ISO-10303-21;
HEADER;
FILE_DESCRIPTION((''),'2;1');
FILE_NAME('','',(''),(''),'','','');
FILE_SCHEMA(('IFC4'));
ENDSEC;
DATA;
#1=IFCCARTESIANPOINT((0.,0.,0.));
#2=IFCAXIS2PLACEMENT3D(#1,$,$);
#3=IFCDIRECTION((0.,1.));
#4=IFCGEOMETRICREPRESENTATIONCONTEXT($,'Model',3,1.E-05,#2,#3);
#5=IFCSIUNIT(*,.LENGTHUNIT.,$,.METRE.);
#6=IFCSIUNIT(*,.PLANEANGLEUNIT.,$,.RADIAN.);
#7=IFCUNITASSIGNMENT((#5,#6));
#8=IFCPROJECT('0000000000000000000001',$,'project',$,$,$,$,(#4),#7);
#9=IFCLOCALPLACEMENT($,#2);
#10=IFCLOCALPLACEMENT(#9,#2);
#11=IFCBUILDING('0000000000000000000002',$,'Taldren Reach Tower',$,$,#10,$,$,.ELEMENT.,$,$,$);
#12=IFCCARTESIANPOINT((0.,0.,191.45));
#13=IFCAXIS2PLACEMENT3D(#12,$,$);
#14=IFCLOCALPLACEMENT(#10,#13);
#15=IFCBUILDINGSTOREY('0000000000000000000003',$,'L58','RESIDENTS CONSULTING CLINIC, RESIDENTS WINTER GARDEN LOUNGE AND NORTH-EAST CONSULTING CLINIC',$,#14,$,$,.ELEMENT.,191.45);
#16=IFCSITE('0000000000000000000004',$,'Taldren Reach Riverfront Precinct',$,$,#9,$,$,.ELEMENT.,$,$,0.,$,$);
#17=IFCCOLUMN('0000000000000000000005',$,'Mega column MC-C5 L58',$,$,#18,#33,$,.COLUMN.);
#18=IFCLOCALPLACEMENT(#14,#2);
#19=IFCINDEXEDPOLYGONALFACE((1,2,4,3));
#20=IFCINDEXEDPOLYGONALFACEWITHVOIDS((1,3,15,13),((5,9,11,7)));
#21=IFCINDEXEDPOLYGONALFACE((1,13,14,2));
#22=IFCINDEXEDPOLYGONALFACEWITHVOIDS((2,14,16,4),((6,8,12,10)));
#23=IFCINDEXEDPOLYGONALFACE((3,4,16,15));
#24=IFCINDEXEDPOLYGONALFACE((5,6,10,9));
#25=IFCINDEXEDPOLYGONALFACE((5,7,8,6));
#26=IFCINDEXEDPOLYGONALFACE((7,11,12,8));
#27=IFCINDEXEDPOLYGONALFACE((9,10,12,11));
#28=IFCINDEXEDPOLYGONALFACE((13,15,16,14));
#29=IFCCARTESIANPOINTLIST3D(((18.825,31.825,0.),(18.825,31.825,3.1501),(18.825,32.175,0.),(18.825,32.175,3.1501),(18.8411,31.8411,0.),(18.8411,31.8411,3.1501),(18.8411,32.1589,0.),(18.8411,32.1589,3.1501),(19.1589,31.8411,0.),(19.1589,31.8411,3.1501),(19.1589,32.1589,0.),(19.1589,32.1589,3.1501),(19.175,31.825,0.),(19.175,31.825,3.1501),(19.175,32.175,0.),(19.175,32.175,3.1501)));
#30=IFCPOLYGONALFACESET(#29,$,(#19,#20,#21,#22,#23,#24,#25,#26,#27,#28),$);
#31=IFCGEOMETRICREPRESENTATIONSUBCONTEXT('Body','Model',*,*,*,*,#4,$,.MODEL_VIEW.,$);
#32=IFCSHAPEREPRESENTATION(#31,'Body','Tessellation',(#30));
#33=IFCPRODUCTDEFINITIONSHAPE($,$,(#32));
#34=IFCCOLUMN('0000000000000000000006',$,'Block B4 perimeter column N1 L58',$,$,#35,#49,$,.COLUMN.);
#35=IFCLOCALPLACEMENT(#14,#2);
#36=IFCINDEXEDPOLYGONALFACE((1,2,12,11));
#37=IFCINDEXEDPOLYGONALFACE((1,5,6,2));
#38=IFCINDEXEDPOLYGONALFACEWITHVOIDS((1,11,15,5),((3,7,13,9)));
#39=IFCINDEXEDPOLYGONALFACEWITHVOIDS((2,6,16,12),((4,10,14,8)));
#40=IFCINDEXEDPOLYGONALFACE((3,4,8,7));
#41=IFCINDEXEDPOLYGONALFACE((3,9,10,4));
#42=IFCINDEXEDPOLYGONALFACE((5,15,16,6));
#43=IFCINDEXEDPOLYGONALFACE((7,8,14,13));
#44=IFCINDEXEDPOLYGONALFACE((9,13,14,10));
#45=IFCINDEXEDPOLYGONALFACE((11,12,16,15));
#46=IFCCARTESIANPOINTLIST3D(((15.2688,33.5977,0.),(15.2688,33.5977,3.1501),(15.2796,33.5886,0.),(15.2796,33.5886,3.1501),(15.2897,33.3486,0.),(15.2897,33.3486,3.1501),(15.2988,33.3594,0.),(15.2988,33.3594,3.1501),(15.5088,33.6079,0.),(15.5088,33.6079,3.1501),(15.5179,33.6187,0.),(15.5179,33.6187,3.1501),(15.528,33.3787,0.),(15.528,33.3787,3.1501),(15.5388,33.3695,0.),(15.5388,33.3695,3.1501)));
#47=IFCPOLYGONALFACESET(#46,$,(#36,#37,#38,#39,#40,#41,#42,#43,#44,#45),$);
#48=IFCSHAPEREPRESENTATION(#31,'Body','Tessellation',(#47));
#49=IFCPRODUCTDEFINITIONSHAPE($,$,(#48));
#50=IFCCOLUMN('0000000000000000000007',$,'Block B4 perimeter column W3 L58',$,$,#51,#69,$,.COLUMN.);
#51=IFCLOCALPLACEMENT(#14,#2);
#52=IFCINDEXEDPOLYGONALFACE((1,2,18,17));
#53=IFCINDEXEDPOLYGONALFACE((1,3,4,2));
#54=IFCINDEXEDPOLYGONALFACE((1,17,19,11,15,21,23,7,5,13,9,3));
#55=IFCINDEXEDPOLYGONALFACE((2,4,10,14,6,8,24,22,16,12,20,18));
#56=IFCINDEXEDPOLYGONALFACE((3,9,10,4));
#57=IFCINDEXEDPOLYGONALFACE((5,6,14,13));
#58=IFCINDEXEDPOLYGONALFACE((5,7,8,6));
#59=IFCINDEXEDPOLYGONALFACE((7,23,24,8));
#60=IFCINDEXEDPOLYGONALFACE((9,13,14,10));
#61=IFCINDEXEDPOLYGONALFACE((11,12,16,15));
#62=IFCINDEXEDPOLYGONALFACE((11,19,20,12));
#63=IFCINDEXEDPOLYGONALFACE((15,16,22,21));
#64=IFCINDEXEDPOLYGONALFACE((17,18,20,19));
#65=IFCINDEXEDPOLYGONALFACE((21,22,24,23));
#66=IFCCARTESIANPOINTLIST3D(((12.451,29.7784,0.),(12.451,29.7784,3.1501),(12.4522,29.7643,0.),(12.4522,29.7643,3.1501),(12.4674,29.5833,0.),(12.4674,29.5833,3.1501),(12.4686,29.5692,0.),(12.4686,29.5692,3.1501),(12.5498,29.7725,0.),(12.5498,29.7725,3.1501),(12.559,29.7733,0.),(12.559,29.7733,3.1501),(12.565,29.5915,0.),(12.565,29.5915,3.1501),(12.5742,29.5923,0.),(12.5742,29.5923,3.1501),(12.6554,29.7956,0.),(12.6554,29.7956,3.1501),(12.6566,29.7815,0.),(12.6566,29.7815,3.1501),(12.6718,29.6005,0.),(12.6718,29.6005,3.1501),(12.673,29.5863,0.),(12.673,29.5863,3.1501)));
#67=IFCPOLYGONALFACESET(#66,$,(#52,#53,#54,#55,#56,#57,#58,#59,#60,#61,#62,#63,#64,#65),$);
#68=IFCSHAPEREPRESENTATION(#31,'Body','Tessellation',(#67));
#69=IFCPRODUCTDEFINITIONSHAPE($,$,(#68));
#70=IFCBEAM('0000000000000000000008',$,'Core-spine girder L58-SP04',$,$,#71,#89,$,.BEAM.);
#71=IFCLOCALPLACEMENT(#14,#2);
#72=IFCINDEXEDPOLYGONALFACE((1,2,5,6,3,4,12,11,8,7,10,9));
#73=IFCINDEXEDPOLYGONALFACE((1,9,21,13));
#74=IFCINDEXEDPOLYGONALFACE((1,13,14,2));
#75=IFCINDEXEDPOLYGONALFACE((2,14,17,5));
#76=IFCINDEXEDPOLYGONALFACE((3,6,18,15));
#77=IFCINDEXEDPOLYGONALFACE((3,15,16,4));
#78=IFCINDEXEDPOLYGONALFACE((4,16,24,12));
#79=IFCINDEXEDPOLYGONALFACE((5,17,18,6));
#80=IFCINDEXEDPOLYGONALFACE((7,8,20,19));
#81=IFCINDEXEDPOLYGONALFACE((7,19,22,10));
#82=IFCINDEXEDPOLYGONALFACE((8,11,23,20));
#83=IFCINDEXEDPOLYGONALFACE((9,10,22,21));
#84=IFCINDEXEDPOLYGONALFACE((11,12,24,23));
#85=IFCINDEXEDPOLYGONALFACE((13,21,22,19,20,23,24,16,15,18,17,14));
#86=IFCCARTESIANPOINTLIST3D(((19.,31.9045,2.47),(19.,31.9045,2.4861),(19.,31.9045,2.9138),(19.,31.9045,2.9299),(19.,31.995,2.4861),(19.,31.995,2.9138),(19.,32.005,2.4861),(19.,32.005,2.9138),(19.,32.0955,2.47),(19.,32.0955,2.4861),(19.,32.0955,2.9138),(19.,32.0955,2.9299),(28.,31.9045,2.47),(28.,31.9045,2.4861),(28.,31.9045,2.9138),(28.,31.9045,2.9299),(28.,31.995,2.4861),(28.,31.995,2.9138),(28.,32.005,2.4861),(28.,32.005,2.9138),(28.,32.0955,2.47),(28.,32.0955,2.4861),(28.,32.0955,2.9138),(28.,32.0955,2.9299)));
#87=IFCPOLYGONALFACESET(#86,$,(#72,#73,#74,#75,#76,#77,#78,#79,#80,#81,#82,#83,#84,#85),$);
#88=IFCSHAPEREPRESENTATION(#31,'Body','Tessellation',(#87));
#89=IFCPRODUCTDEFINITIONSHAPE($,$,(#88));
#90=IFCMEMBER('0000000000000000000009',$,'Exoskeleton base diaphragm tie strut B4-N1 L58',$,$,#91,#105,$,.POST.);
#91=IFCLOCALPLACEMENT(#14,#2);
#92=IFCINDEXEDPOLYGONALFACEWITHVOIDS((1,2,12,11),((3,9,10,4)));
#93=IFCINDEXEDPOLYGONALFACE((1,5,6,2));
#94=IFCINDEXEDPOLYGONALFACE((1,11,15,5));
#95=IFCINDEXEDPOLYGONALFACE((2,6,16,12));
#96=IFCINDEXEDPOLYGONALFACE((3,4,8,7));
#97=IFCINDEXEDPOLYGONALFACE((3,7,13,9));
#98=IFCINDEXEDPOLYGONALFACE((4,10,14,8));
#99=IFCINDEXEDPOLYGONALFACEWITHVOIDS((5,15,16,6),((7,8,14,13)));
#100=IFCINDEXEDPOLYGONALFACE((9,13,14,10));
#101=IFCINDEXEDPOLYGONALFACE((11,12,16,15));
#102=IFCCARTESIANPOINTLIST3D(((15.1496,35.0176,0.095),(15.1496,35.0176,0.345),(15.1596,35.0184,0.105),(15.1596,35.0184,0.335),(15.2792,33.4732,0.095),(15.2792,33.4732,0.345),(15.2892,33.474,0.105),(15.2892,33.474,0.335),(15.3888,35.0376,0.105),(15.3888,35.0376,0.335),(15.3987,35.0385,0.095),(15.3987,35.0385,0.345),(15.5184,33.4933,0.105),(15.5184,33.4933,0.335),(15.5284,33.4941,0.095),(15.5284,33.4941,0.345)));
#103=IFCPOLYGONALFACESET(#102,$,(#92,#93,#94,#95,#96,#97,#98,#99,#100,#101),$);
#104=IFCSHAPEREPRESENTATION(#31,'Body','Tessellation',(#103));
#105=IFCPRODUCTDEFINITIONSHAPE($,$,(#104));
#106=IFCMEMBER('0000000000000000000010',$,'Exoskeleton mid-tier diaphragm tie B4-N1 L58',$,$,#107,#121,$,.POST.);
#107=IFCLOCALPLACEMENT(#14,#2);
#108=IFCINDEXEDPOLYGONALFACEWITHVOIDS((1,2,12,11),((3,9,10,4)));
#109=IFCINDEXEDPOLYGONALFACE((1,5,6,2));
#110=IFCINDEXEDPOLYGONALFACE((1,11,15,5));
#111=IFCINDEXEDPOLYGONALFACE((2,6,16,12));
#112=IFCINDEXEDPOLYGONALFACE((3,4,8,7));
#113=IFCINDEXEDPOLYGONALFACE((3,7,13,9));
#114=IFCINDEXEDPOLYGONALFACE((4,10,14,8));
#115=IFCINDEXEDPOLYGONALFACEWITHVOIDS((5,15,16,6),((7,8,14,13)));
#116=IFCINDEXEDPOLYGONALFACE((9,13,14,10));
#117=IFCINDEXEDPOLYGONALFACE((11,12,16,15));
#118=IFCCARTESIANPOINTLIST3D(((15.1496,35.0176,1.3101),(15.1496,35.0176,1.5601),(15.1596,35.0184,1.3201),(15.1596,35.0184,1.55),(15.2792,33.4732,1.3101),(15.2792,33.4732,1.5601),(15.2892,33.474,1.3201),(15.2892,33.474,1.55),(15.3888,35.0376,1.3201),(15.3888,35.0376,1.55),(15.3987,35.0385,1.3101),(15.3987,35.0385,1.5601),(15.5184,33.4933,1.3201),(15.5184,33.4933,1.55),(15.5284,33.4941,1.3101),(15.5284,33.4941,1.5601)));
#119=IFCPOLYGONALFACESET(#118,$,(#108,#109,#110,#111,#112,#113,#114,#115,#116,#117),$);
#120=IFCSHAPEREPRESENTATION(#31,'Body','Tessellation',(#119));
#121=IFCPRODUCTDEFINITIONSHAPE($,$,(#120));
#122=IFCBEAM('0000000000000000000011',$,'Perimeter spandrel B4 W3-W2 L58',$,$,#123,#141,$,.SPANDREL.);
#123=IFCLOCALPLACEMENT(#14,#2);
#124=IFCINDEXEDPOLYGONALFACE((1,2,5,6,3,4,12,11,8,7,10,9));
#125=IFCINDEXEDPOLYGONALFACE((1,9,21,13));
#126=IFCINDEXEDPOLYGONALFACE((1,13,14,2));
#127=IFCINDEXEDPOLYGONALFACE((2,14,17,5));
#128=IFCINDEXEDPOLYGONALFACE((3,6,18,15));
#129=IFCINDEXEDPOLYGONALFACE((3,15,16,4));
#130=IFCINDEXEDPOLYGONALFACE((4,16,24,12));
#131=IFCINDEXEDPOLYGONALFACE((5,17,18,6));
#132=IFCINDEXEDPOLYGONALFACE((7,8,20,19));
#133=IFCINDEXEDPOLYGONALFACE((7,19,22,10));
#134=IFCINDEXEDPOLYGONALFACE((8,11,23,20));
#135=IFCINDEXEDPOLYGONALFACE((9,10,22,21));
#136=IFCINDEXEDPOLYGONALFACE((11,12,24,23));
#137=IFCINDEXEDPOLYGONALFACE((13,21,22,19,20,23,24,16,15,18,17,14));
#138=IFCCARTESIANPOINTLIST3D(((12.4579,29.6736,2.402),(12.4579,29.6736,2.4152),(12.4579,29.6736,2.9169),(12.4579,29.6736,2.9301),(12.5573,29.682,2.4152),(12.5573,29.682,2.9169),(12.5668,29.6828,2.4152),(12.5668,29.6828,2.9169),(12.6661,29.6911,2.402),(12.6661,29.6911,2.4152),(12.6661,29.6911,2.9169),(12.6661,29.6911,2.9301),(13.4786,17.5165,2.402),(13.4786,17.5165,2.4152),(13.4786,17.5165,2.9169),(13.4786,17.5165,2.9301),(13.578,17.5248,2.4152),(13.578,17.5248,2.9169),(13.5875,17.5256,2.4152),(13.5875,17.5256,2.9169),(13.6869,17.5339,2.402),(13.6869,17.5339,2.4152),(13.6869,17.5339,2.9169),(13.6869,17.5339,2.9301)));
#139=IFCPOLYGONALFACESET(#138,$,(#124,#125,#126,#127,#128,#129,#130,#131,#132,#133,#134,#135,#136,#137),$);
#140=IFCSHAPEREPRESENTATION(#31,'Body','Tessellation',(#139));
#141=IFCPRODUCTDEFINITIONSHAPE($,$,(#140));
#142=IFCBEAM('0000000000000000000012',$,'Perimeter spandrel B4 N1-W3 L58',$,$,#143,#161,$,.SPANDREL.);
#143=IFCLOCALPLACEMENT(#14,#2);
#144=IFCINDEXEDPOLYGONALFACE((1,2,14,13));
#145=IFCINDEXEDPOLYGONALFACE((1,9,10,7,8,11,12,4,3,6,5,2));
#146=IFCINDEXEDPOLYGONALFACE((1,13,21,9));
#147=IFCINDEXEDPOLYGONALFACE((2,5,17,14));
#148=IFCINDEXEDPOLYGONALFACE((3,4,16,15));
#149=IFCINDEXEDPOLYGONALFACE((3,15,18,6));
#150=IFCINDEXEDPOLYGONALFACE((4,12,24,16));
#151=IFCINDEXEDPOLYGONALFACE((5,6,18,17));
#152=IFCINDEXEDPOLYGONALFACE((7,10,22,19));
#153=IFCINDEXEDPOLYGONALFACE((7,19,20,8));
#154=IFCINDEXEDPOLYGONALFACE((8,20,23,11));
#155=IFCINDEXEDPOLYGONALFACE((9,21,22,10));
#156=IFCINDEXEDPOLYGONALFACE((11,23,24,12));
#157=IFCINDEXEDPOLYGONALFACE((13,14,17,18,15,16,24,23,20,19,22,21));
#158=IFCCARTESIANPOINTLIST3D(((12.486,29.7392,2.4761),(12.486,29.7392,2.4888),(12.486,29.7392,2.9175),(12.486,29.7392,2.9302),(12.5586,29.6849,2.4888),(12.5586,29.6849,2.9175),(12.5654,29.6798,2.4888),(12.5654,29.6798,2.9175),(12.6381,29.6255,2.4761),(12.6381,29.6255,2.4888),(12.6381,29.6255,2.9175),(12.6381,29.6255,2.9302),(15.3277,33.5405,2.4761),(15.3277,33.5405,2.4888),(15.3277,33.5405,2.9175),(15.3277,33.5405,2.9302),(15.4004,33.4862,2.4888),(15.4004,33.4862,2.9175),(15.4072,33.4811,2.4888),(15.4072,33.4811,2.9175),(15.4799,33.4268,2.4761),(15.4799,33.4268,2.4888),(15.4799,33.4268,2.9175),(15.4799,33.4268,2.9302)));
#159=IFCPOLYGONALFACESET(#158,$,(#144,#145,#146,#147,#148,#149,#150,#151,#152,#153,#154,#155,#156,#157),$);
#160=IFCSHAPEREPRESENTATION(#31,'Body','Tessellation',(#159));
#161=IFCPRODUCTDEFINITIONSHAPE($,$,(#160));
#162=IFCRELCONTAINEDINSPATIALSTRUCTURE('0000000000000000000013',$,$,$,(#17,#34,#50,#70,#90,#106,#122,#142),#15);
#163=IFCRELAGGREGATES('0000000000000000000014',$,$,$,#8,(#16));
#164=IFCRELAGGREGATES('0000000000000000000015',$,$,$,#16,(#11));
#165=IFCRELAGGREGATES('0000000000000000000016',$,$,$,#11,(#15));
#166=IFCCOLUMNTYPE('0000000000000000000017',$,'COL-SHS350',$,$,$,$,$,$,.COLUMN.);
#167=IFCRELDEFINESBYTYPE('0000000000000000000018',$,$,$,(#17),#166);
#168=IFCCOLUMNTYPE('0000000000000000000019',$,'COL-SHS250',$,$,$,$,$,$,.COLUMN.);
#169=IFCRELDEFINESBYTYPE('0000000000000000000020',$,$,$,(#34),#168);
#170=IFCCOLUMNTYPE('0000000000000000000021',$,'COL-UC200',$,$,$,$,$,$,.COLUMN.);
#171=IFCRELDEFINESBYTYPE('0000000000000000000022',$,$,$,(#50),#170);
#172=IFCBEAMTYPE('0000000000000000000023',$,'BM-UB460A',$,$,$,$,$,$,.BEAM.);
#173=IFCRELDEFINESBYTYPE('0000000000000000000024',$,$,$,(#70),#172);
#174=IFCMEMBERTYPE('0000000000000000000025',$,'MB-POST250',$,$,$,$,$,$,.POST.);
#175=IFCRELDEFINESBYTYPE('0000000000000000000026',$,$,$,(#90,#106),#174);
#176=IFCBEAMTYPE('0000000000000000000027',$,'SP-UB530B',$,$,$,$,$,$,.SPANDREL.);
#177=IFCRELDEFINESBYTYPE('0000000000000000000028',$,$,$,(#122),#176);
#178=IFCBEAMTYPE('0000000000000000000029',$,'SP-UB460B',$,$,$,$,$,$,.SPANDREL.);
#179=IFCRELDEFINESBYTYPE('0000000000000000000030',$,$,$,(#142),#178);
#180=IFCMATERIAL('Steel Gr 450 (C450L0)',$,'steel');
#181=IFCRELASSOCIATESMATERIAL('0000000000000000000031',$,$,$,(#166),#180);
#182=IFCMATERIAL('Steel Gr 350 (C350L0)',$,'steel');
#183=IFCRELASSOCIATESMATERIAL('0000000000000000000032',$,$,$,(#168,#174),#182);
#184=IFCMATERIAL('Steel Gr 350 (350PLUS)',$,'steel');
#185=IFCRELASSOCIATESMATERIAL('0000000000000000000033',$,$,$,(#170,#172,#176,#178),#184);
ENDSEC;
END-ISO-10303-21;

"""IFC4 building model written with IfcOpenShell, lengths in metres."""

from ifc_helpers import new_model, si_unit, direction, frame, origin, origin_2d, place, context, subcontext, project, spatial, hollow_rectangle, i_section, extrude, source, transform, mapped, material, material_profile, profile_set, type_object, element, save


model = new_model("IFC4")

# Units and contexts
model_context = context("Model", 3, precision=1e-05, world=origin(), true_north=direction((0.0, 1.0)))
body_context = subcontext(model_context, "Body", "Model", "MODEL_VIEW")
ifc_project = project(units=[si_unit("LENGTHUNIT", "METRE"), si_unit("PLANEANGLEUNIT", "RADIAN")], contexts=[model_context])

# Site, building, storey
site_placement = place(None, origin())
site = spatial("IfcSite", under=ifc_project, at=site_placement, Name="Taldren Reach Riverfront Precinct", CompositionType="ELEMENT", RefElevation=0.0)
building_placement = place(site_placement, origin())
building = spatial("IfcBuilding", under=site, at=building_placement, Name="Taldren Reach Tower", CompositionType="ELEMENT")
storey_placement = place(building_placement, frame((0.0, 0.0, 191.45)))
storey = spatial("IfcBuildingStorey", under=building, at=storey_placement, Name="L58", Description="RESIDENTS CONSULTING CLINIC, RESIDENTS WINTER GARDEN LOUNGE AND NORTH-EAST CONSULTING CLINIC", CompositionType="ELEMENT", Elevation=191.45)

# Columns
ifc_material_1 = material(Name="Steel Gr 450 (C450L0)", Category="steel")
ifc_material_profile_1 = material_profile(ifc_material_1, hollow_rectangle(XDim=0.3501, YDim=0.3501, WallThickness=0.0161, at=origin_2d()), Name="350x350x16.0SHS")
ifc_profile_set_1 = profile_set([ifc_material_profile_1], Name="Steel Gr 450 (C450L0)")
column_type_1 = type_object("IfcColumnType", Name="COL-SHS350", PredefinedType="COLUMN", material=ifc_profile_set_1)
shared_shape_1 = source(origin(), body_context, "Body", "SweptSolid", [
    extrude(hollow_rectangle(XDim=0.3501, YDim=0.3501, WallThickness=0.0161, at=origin_2d()), origin(), (0.0, 0.0, 1.0), 3.1501),
])
column_1_placement = place(storey_placement, frame((19.0, 32.0, 0.0), z_axis=(0.0, 0.0, 1.0), x_axis=(1.0, 0.0, 0.0)))
element("IfcColumn", 1, at=column_1_placement, inside=storey, type_object=column_type_1, Name="Mega column MC-C5 L58", PredefinedType="COLUMN", context=body_context, shape_type="MappedRepresentation", body=[
    mapped(shared_shape_1, transform((0.0, 0.0, 0.0), scale=1.0)),
])
ifc_material_2 = material(Name="Steel Gr 350 (C350L0)", Category="steel")
ifc_material_profile_2 = material_profile(ifc_material_2, hollow_rectangle(XDim=0.25, YDim=0.25, WallThickness=0.01, at=origin_2d()), Name="250x250x10.0SHS")
ifc_profile_set_2 = profile_set([ifc_material_profile_2], Name="Steel Gr 350 (C350L0)")
column_type_2 = type_object("IfcColumnType", Name="COL-SHS250", PredefinedType="COLUMN", material=ifc_profile_set_2)
shared_shape_2 = source(origin(), body_context, "Body", "SweptSolid", [
    extrude(hollow_rectangle(XDim=0.25, YDim=0.25, WallThickness=0.01, at=origin_2d()), origin(), (0.0, 0.0, 1.0), 3.1501),
])
column_2_placement = place(storey_placement, frame((15.4038, 33.4836, 0.0), z_axis=(0.0, 0.0, 1.0), x_axis=(0.996493, 0.083678, 0.0)))
element("IfcColumn", 2, at=column_2_placement, inside=storey, type_object=column_type_2, Name="Block B4 perimeter column N1 L58", PredefinedType="COLUMN", context=body_context, shape_type="MappedRepresentation", body=[
    mapped(shared_shape_2, transform((0.0, 0.0, 0.0), scale=1.0)),
])
ifc_material_3 = material(Name="Steel Gr 350 (350PLUS)", Category="steel")
ifc_material_profile_3 = material_profile(ifc_material_3, i_section(OverallWidth=0.2051, OverallDepth=0.21, WebThickness=0.0093, FlangeThickness=0.0142, at=origin_2d()), Name="200UC59.5")
ifc_profile_set_3 = profile_set([ifc_material_profile_3], Name="Steel Gr 350 (350PLUS)")
column_type_3 = type_object("IfcColumnType", Name="COL-UC200", PredefinedType="COLUMN", material=ifc_profile_set_3)
shared_shape_3 = source(origin(), body_context, "Body", "SweptSolid", [
    extrude(i_section(OverallWidth=0.2051, OverallDepth=0.21, WebThickness=0.0093, FlangeThickness=0.0142, at=origin_2d()), origin(), (0.0, 0.0, 1.0), 3.1501),
])
column_3_placement = place(storey_placement, frame((12.562, 29.6824, 0.0), z_axis=(0.0, 0.0, 1.0), x_axis=(0.996493, 0.083678, 0.0)))
element("IfcColumn", 3, at=column_3_placement, inside=storey, type_object=column_type_3, Name="Block B4 perimeter column W3 L58", PredefinedType="COLUMN", context=body_context, shape_type="MappedRepresentation", body=[
    mapped(shared_shape_3, transform((0.0, 0.0, 0.0), scale=1.0)),
])

# Beam
ifc_material_profile_4 = material_profile(ifc_material_3, i_section(OverallWidth=0.1909, OverallDepth=0.46, WebThickness=0.01, FlangeThickness=0.0161, at=origin_2d()), Name="460UB82.1")
ifc_profile_set_4 = profile_set([ifc_material_profile_4], Name="Steel Gr 350 (350PLUS)")
beam_type_1 = type_object("IfcBeamType", Name="BM-UB460A", PredefinedType="BEAM", material=ifc_profile_set_4)
shared_shape_4 = source(origin(), body_context, "Body", "SweptSolid", [
    extrude(i_section(OverallWidth=0.1909, OverallDepth=0.46, WebThickness=0.01, FlangeThickness=0.0161, at=origin_2d()), origin(), (0.0, 0.0, 1.0), 9.0),
])
beam_1_placement = place(storey_placement, frame((19.0, 32.0, 2.7), z_axis=(1.0, 0.0, 0.0), x_axis=(0.0, 1.0, 0.0)))
element("IfcBeam", 4, at=beam_1_placement, inside=storey, type_object=beam_type_1, Name="Core-spine girder L58-SP04", PredefinedType="BEAM", context=body_context, shape_type="MappedRepresentation", body=[
    mapped(shared_shape_4, transform((0.0, 0.0, 0.0), scale=1.0)),
])

# Members
ifc_material_profile_5 = material_profile(ifc_material_2, hollow_rectangle(XDim=0.25, YDim=0.25, WallThickness=0.01, at=origin_2d()), Name="250x250x10.0SHS")
ifc_profile_set_5 = profile_set([ifc_material_profile_5], Name="Steel Gr 350 (C350L0)")
member_type_1 = type_object("IfcMemberType", Name="MB-POST250", PredefinedType="POST", material=ifc_profile_set_5)
shared_shape_5 = source(origin(), body_context, "Body", "SweptSolid", [
    extrude(hollow_rectangle(XDim=0.25, YDim=0.25, WallThickness=0.01, at=origin_2d()), origin(), (0.0, 0.0, 1.0), 1.5498),
])
for number, where, z_axis, x_axis, name in (
    (5, (15.4038, 33.4836, 0.22), (-0.083645, 0.996496, 0.0), (-0.996496, -0.083645, 0.0), "Exoskeleton base diaphragm tie strut B4-N1 L58"),
    (6, (15.4038, 33.4836, 1.4351), (-0.083645, 0.996496, 0.0), (-0.996496, -0.083645, 0.0), "Exoskeleton mid-tier diaphragm tie B4-N1 L58"),
):
    element("IfcMember", number, at=place(storey_placement, frame(where, z_axis=z_axis, x_axis=x_axis)), inside=storey, type_object=member_type_1, Name=name, PredefinedType="POST", context=body_context, shape_type="MappedRepresentation", body=[
        mapped(shared_shape_5, transform((0.0, 0.0, 0.0), scale=1.0)),
    ])

# Beams
ifc_material_profile_6 = material_profile(ifc_material_3, i_section(OverallWidth=0.209, OverallDepth=0.5281, WebThickness=0.0095, FlangeThickness=0.0132, at=origin_2d()), Name="530UB82.0")
ifc_profile_set_6 = profile_set([ifc_material_profile_6], Name="Steel Gr 350 (350PLUS)")
beam_type_2 = type_object("IfcBeamType", Name="SP-UB530B", PredefinedType="SPANDREL", material=ifc_profile_set_6)
shared_shape_6 = source(origin(), body_context, "Body", "SweptSolid", [
    extrude(i_section(OverallWidth=0.209, OverallDepth=0.5281, WebThickness=0.0095, FlangeThickness=0.0132, at=origin_2d()), origin(), (0.0, 0.0, 1.0), 12.2),
])
beam_2_placement = place(storey_placement, frame((12.562, 29.6824, 2.666), z_axis=(0.083668, -0.996494, 0.0), x_axis=(0.996494, 0.083668, 0.0)))
element("IfcBeam", 7, at=beam_2_placement, inside=storey, type_object=beam_type_2, Name="Perimeter spandrel B4 W3-W2 L58", PredefinedType="SPANDREL", context=body_context, shape_type="MappedRepresentation", body=[
    mapped(shared_shape_6, transform((0.0, 0.0, 0.0), scale=1.0)),
])
ifc_material_profile_7 = material_profile(ifc_material_3, i_section(OverallWidth=0.1899, OverallDepth=0.4541, WebThickness=0.0085, FlangeThickness=0.0127, at=origin_2d()), Name="460UB67.1")
ifc_profile_set_7 = profile_set([ifc_material_profile_7], Name="Steel Gr 350 (350PLUS)")
beam_type_3 = type_object("IfcBeamType", Name="SP-UB460B", PredefinedType="SPANDREL", material=ifc_profile_set_7)
shared_shape_7 = source(origin(), body_context, "Body", "SweptSolid", [
    extrude(i_section(OverallWidth=0.1899, OverallDepth=0.4541, WebThickness=0.0085, FlangeThickness=0.0127, at=origin_2d()), origin(), (0.0, 0.0, 1.0), 4.7461),
])
beam_3_placement = place(storey_placement, frame((15.4038, 33.4836, 2.7031), z_axis=(-0.598765, -0.800925, 0.0), x_axis=(0.800925, -0.598765, 0.0)))
element("IfcBeam", 8, at=beam_3_placement, inside=storey, type_object=beam_type_3, Name="Perimeter spandrel B4 N1-W3 L58", PredefinedType="SPANDREL", context=body_context, shape_type="MappedRepresentation", body=[
    mapped(shared_shape_7, transform((0.0, 0.0, 0.0), scale=1.0)),
])

save(model, "model.ifc")
